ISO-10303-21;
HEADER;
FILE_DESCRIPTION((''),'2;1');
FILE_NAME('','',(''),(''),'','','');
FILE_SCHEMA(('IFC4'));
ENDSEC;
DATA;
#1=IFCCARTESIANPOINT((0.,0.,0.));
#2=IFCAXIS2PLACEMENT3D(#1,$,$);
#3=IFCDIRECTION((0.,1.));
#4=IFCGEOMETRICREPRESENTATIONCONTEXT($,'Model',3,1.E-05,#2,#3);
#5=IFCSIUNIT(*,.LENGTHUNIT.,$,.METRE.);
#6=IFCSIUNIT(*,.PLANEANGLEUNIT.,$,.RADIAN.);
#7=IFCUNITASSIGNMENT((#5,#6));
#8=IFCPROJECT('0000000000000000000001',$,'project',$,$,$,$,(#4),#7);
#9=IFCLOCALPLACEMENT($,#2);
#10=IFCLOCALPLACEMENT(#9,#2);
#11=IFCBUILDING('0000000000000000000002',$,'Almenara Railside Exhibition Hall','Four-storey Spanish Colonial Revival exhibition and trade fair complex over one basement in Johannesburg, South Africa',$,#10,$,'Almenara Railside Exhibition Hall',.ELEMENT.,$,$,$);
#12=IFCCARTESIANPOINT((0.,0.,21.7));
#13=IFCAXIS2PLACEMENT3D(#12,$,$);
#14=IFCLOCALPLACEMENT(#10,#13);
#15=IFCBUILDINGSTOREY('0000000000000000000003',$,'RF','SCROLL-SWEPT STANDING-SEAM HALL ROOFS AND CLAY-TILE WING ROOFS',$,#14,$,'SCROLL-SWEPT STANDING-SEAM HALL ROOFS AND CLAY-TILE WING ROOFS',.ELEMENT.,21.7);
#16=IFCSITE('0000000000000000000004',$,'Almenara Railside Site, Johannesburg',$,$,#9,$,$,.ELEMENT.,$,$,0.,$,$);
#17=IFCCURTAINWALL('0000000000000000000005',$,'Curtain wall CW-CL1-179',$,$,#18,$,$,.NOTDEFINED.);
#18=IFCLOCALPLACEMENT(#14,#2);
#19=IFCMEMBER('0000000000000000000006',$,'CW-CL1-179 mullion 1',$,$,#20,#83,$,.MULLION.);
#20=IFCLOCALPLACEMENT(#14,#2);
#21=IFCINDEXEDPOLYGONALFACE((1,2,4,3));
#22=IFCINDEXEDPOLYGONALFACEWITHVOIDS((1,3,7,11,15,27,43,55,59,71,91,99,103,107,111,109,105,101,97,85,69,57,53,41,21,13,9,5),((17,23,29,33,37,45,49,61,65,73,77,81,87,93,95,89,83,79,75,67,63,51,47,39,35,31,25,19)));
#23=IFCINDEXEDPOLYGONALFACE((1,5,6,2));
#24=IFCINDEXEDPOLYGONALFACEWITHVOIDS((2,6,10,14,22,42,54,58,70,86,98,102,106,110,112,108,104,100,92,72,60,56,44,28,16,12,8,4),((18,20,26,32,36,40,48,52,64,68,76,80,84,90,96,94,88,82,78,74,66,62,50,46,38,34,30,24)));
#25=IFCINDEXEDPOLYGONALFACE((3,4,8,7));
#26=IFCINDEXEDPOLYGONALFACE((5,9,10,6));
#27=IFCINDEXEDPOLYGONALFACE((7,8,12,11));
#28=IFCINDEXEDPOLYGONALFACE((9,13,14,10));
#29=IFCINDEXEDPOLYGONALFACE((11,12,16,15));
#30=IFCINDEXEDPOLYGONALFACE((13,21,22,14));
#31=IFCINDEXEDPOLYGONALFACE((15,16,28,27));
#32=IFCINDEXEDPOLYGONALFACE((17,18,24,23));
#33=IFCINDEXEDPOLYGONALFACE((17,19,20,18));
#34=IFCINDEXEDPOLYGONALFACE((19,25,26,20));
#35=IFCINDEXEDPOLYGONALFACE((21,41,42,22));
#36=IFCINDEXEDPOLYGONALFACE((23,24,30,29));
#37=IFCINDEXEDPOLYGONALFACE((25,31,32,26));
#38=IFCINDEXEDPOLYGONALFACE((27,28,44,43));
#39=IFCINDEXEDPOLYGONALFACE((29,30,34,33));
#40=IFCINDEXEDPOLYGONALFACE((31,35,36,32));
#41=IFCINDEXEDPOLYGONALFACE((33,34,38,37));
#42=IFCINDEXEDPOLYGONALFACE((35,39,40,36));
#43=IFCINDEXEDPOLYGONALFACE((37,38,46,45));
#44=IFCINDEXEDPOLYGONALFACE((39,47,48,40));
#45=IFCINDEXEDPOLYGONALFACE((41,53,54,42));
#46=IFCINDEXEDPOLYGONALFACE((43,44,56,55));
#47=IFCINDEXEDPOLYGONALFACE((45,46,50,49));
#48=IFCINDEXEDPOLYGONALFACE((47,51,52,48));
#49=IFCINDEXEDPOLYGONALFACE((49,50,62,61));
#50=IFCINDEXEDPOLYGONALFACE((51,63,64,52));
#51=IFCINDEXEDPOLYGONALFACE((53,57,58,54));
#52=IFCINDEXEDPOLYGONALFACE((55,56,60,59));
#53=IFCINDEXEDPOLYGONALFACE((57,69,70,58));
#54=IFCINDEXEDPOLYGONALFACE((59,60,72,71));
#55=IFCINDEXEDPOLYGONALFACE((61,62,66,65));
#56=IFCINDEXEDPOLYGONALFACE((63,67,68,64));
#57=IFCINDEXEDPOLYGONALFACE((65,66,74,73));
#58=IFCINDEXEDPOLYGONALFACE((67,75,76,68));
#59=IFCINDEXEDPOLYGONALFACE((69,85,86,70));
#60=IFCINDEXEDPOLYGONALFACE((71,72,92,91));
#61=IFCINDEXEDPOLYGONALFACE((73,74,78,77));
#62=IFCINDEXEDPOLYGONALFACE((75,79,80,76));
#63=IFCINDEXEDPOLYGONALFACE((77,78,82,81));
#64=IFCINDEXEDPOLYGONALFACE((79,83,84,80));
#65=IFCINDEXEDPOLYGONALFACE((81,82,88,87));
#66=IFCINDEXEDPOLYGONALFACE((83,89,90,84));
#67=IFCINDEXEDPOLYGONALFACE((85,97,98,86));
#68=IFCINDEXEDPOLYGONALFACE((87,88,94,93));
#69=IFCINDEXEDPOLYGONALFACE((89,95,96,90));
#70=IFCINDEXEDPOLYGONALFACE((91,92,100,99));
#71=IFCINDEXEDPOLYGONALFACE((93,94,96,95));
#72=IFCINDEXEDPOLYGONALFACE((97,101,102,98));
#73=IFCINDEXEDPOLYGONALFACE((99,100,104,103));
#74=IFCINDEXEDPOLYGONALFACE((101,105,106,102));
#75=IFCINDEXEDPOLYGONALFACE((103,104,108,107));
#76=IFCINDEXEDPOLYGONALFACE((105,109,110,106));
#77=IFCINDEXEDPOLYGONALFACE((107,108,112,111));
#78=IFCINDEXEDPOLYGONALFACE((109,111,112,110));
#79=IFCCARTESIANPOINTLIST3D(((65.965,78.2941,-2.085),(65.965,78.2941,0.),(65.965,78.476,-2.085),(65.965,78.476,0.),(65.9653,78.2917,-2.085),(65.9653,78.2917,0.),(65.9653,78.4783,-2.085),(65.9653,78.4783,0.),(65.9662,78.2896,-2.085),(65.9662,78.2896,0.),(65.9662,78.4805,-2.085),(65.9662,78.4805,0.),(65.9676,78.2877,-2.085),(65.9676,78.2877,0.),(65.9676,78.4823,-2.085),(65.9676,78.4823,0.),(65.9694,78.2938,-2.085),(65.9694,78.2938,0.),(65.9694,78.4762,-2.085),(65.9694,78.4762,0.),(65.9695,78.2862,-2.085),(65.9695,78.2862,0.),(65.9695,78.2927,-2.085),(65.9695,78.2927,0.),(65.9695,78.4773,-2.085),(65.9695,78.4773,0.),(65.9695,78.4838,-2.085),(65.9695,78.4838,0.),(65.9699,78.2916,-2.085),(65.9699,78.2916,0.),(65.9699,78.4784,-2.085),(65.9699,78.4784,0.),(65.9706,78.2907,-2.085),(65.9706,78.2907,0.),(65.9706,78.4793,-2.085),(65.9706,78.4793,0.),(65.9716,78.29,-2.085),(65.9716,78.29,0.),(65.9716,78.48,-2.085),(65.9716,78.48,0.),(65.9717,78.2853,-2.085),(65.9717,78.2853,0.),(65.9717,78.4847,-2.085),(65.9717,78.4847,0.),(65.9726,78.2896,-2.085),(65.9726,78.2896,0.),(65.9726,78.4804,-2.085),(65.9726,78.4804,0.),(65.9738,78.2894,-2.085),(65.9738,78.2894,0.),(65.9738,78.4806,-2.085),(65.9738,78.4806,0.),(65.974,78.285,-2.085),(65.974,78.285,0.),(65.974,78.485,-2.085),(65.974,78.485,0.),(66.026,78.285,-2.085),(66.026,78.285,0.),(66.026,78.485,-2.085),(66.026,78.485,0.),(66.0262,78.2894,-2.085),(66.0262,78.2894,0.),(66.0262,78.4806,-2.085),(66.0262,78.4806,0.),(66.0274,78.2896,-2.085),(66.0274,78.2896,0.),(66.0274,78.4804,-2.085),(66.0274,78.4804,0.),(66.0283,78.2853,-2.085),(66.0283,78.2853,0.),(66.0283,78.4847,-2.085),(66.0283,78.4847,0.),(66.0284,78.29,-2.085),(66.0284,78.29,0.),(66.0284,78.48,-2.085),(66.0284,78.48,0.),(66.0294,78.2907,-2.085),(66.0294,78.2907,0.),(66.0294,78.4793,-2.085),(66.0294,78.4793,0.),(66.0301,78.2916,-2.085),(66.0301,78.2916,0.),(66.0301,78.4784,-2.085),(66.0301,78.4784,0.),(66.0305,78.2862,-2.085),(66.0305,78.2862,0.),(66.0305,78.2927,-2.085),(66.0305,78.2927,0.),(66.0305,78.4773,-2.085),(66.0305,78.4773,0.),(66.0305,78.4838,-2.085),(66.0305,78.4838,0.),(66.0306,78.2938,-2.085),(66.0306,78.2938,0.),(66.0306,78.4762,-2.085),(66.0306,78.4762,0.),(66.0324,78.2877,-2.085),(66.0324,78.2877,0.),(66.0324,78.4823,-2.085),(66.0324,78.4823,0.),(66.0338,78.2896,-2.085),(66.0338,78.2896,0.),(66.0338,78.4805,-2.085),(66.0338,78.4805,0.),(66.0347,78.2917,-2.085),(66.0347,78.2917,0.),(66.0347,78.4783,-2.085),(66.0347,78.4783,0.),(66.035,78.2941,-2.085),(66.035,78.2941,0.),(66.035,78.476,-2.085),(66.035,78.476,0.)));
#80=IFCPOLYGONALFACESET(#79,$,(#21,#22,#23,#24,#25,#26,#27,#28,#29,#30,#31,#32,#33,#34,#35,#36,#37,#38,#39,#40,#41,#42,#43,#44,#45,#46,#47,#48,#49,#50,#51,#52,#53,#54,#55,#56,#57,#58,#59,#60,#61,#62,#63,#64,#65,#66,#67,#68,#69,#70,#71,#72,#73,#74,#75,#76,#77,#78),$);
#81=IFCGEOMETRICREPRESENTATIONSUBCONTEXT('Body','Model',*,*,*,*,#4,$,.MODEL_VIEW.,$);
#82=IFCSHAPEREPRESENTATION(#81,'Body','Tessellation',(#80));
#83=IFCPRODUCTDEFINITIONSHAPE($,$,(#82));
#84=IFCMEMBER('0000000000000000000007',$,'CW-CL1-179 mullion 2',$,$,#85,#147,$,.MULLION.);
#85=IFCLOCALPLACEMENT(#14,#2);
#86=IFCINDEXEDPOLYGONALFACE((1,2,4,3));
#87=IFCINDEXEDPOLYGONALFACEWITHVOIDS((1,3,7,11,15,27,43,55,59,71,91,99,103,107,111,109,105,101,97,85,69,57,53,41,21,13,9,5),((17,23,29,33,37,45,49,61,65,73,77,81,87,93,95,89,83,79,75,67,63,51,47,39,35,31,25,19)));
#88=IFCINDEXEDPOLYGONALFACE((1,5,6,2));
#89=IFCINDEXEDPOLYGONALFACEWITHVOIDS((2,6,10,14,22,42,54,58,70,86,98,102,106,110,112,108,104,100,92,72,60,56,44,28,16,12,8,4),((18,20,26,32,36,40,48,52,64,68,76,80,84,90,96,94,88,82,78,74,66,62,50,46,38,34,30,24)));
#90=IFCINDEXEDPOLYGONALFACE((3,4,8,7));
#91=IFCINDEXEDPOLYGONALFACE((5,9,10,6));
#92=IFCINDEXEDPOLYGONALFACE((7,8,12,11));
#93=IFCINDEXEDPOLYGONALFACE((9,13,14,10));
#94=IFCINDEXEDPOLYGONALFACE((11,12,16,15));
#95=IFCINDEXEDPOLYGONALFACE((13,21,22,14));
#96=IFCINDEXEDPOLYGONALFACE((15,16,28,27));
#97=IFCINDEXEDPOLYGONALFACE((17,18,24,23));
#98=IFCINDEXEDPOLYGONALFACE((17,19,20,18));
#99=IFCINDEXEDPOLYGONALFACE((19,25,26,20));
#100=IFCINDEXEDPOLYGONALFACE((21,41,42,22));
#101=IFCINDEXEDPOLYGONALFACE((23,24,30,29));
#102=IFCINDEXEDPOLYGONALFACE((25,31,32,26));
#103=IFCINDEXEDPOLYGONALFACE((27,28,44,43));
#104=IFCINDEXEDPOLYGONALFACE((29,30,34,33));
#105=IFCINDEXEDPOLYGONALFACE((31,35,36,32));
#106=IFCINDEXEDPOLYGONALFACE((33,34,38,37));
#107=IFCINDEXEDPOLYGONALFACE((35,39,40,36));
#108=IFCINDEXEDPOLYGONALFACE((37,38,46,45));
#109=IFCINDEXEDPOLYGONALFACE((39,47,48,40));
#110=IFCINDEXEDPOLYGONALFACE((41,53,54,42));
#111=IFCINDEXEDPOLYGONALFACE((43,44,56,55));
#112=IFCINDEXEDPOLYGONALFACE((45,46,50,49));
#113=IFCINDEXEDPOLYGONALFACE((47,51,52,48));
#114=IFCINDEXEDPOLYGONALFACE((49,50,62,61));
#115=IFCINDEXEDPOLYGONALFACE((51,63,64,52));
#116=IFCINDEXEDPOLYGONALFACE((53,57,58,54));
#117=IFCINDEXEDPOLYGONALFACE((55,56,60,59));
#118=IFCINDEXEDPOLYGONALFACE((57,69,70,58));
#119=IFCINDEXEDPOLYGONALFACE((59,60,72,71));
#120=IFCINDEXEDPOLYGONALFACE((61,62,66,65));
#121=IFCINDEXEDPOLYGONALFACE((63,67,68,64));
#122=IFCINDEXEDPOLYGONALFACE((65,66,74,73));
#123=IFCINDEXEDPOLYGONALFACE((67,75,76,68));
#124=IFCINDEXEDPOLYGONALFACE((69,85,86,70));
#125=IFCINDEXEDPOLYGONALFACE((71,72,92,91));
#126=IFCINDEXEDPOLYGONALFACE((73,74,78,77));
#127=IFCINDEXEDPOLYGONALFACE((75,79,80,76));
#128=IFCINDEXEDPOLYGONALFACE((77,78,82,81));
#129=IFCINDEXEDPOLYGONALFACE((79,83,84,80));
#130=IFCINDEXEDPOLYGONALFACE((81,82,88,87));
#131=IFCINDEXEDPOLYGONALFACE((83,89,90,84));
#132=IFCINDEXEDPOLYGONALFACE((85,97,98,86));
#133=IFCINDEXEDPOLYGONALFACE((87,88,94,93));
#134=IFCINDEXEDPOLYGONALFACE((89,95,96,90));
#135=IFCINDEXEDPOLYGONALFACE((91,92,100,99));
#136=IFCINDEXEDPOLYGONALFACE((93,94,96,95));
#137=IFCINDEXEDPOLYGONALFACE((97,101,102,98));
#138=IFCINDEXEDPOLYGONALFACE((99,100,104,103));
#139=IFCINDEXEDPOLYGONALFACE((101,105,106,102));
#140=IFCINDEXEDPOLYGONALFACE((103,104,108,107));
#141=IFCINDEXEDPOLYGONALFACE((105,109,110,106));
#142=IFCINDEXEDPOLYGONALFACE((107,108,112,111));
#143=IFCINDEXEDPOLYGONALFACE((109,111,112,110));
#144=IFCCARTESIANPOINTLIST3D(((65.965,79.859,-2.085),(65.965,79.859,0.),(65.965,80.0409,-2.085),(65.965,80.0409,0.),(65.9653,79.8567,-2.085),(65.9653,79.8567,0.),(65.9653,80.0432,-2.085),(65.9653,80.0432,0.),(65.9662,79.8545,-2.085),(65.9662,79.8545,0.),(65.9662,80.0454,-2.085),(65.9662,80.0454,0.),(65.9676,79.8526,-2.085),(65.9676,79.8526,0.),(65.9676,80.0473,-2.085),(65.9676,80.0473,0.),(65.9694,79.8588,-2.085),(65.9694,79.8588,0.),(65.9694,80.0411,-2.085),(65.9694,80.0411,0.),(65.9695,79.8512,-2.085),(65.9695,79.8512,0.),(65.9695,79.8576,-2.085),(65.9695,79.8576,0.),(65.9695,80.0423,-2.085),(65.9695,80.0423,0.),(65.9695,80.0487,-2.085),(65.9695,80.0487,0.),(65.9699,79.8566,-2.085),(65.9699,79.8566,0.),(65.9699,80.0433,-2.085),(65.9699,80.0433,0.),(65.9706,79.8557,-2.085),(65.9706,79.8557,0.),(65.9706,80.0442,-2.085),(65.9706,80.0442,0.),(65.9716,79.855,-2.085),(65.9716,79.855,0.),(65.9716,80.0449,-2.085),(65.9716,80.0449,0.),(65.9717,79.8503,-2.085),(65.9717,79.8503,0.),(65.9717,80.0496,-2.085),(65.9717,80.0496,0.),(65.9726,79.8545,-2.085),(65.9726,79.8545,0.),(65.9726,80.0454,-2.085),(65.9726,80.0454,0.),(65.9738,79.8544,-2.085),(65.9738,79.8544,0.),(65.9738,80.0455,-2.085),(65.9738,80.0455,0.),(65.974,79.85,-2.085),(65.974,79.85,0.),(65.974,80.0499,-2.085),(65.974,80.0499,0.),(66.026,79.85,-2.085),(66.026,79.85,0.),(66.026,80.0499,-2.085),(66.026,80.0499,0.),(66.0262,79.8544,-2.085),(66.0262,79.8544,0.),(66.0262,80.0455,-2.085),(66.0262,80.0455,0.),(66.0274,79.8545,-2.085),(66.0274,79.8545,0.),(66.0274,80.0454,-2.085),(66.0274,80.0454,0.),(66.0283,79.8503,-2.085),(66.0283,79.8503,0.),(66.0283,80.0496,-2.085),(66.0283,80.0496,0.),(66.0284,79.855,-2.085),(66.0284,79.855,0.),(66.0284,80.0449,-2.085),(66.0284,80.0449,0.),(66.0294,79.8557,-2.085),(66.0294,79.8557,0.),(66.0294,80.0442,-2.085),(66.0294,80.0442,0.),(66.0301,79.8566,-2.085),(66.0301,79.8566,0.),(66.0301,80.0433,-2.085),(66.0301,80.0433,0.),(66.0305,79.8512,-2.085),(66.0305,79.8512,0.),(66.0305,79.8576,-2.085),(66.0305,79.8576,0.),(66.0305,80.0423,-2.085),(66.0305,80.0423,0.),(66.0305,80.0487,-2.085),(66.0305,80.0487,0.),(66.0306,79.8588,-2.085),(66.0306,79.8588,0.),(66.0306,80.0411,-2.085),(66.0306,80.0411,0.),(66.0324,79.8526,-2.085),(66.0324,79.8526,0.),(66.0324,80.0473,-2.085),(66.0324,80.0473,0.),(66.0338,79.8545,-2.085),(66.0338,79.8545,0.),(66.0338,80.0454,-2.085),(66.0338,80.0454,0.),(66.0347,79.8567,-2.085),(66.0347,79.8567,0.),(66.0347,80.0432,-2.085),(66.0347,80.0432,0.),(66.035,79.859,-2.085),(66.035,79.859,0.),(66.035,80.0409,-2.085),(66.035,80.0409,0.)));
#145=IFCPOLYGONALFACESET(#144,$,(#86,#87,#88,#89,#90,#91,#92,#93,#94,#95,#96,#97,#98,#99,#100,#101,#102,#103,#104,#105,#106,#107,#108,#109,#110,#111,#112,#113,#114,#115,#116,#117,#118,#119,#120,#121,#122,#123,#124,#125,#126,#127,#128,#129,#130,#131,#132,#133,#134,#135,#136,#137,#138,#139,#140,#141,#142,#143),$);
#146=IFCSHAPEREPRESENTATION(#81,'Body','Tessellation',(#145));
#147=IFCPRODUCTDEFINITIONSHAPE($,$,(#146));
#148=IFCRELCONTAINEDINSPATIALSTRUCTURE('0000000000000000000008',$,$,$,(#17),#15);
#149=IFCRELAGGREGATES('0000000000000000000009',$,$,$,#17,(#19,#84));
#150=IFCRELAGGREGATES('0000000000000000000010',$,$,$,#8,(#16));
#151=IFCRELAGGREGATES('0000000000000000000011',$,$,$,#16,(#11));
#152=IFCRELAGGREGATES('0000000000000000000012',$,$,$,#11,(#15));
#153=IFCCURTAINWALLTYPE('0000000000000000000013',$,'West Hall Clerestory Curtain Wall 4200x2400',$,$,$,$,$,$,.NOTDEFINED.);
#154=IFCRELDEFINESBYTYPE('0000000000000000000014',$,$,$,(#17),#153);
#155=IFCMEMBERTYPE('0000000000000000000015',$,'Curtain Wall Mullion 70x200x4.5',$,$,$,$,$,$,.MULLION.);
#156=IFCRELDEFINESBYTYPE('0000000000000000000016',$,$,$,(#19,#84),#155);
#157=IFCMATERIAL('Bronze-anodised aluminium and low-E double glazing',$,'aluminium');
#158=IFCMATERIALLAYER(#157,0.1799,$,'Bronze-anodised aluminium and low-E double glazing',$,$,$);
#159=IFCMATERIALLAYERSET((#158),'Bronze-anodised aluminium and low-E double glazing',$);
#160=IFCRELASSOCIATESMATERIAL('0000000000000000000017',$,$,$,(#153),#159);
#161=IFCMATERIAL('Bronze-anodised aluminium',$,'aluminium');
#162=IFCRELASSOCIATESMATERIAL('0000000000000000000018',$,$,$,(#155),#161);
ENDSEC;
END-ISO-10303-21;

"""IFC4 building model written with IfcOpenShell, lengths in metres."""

from ifc_helpers import new_model, si_unit, direction, frame, origin, origin_2d, place, context, subcontext, project, spatial, hollow_rectangle, extrude, material, layer, layer_set, material_profile, profile_set, type_object, element, aggregate, save


model = new_model("IFC4")

# Units and contexts
model_context = context("Model", 3, precision=1e-05, world=origin(), true_north=direction((0.0, 1.0)))
body_context = subcontext(model_context, "Body", "Model", "MODEL_VIEW")
ifc_project = project(units=[si_unit("LENGTHUNIT", "METRE"), si_unit("PLANEANGLEUNIT", "RADIAN")], contexts=[model_context])

# Site, building, storey
site_placement = place(None, origin())
site = spatial("IfcSite", under=ifc_project, at=site_placement, Name="Almenara Railside Site, Johannesburg", CompositionType="ELEMENT", RefElevation=0.0)
building_placement = place(site_placement, origin())
building = spatial("IfcBuilding", under=site, at=building_placement, Name="Almenara Railside Exhibition Hall", Description="Four-storey Spanish Colonial Revival exhibition and trade fair complex over one basement in Johannesburg, South Africa", LongName="Almenara Railside Exhibition Hall", CompositionType="ELEMENT")
storey_placement = place(building_placement, frame((0.0, 0.0, 21.7)))
storey = spatial("IfcBuildingStorey", under=building, at=storey_placement, Name="RF", Description="SCROLL-SWEPT STANDING-SEAM HALL ROOFS AND CLAY-TILE WING ROOFS", LongName="SCROLL-SWEPT STANDING-SEAM HALL ROOFS AND CLAY-TILE WING ROOFS", CompositionType="ELEMENT", Elevation=21.7)

# Curtain wall, members
ifc_material_1 = material(Name="Bronze-anodised aluminium and low-E double glazing", Category="aluminium")
ifc_layer_1 = layer(ifc_material_1, 0.1799, Name="Bronze-anodised aluminium and low-E double glazing")
ifc_layer_set_1 = layer_set([ifc_layer_1], Name="Bronze-anodised aluminium and low-E double glazing")
curtain_wall_type = type_object("IfcCurtainWallType", Name="West Hall Clerestory Curtain Wall 4200x2400", PredefinedType="NOTDEFINED", material=ifc_layer_set_1)
ifc_material_2 = material(Name="Bronze-anodised aluminium", Category="aluminium")
curtain_wall_1_placement = place(storey_placement, origin())
curtain_wall_1 = element("IfcCurtainWall", 1, at=curtain_wall_1_placement, inside=storey, type_object=curtain_wall_type, Name="Curtain wall CW-CL1-179", PredefinedType="NOTDEFINED")
ifc_material_profile_1 = material_profile(ifc_material_2, hollow_rectangle(XDim=0.0701, YDim=0.2, WallThickness=0.0044, InnerFilletRadius=0.0044, OuterFilletRadius=0.009, at=origin_2d()), Name="ALU-MUL 70x200x4.5")
ifc_profile_set_1 = profile_set([ifc_material_profile_1], Name="Bronze-anodised aluminium")
member_type_1 = type_object("IfcMemberType", Name="Curtain Wall Mullion 70x200x4.5", PredefinedType="MULLION", material=ifc_profile_set_1)
member_1_placement = place(storey_placement, frame((66.0, 78.385, -2.085), z_axis=(0.0, 0.0, 1.0), x_axis=(-1.0, 0.0, 0.0)))
member_1 = element("IfcMember", 2, at=member_1_placement, type_object=member_type_1, Name="CW-CL1-179 mullion 1", PredefinedType="MULLION", context=body_context, shape_type="SweptSolid", body=[
    extrude(hollow_rectangle(XDim=0.0701, YDim=0.2, WallThickness=0.0044, InnerFilletRadius=0.0044, OuterFilletRadius=0.009, at=origin_2d()), origin(), (0.0, 0.0, 1.0), 2.085),
])
member_2_placement = place(storey_placement, frame((66.0, 79.95, -2.085), z_axis=(0.0, 0.0, 1.0), x_axis=(-1.0, 0.0, 0.0)))
member_2 = element("IfcMember", 3, at=member_2_placement, type_object=member_type_1, Name="CW-CL1-179 mullion 2", PredefinedType="MULLION", context=body_context, shape_type="SweptSolid", body=[
    extrude(hollow_rectangle(XDim=0.0701, YDim=0.2, WallThickness=0.0044, InnerFilletRadius=0.0044, OuterFilletRadius=0.009, at=origin_2d()), origin(), (0.0, 0.0, 1.0), 2.085),
])

aggregate(curtain_wall_1, [member_1, member_2])

save(model, "model.ifc")
